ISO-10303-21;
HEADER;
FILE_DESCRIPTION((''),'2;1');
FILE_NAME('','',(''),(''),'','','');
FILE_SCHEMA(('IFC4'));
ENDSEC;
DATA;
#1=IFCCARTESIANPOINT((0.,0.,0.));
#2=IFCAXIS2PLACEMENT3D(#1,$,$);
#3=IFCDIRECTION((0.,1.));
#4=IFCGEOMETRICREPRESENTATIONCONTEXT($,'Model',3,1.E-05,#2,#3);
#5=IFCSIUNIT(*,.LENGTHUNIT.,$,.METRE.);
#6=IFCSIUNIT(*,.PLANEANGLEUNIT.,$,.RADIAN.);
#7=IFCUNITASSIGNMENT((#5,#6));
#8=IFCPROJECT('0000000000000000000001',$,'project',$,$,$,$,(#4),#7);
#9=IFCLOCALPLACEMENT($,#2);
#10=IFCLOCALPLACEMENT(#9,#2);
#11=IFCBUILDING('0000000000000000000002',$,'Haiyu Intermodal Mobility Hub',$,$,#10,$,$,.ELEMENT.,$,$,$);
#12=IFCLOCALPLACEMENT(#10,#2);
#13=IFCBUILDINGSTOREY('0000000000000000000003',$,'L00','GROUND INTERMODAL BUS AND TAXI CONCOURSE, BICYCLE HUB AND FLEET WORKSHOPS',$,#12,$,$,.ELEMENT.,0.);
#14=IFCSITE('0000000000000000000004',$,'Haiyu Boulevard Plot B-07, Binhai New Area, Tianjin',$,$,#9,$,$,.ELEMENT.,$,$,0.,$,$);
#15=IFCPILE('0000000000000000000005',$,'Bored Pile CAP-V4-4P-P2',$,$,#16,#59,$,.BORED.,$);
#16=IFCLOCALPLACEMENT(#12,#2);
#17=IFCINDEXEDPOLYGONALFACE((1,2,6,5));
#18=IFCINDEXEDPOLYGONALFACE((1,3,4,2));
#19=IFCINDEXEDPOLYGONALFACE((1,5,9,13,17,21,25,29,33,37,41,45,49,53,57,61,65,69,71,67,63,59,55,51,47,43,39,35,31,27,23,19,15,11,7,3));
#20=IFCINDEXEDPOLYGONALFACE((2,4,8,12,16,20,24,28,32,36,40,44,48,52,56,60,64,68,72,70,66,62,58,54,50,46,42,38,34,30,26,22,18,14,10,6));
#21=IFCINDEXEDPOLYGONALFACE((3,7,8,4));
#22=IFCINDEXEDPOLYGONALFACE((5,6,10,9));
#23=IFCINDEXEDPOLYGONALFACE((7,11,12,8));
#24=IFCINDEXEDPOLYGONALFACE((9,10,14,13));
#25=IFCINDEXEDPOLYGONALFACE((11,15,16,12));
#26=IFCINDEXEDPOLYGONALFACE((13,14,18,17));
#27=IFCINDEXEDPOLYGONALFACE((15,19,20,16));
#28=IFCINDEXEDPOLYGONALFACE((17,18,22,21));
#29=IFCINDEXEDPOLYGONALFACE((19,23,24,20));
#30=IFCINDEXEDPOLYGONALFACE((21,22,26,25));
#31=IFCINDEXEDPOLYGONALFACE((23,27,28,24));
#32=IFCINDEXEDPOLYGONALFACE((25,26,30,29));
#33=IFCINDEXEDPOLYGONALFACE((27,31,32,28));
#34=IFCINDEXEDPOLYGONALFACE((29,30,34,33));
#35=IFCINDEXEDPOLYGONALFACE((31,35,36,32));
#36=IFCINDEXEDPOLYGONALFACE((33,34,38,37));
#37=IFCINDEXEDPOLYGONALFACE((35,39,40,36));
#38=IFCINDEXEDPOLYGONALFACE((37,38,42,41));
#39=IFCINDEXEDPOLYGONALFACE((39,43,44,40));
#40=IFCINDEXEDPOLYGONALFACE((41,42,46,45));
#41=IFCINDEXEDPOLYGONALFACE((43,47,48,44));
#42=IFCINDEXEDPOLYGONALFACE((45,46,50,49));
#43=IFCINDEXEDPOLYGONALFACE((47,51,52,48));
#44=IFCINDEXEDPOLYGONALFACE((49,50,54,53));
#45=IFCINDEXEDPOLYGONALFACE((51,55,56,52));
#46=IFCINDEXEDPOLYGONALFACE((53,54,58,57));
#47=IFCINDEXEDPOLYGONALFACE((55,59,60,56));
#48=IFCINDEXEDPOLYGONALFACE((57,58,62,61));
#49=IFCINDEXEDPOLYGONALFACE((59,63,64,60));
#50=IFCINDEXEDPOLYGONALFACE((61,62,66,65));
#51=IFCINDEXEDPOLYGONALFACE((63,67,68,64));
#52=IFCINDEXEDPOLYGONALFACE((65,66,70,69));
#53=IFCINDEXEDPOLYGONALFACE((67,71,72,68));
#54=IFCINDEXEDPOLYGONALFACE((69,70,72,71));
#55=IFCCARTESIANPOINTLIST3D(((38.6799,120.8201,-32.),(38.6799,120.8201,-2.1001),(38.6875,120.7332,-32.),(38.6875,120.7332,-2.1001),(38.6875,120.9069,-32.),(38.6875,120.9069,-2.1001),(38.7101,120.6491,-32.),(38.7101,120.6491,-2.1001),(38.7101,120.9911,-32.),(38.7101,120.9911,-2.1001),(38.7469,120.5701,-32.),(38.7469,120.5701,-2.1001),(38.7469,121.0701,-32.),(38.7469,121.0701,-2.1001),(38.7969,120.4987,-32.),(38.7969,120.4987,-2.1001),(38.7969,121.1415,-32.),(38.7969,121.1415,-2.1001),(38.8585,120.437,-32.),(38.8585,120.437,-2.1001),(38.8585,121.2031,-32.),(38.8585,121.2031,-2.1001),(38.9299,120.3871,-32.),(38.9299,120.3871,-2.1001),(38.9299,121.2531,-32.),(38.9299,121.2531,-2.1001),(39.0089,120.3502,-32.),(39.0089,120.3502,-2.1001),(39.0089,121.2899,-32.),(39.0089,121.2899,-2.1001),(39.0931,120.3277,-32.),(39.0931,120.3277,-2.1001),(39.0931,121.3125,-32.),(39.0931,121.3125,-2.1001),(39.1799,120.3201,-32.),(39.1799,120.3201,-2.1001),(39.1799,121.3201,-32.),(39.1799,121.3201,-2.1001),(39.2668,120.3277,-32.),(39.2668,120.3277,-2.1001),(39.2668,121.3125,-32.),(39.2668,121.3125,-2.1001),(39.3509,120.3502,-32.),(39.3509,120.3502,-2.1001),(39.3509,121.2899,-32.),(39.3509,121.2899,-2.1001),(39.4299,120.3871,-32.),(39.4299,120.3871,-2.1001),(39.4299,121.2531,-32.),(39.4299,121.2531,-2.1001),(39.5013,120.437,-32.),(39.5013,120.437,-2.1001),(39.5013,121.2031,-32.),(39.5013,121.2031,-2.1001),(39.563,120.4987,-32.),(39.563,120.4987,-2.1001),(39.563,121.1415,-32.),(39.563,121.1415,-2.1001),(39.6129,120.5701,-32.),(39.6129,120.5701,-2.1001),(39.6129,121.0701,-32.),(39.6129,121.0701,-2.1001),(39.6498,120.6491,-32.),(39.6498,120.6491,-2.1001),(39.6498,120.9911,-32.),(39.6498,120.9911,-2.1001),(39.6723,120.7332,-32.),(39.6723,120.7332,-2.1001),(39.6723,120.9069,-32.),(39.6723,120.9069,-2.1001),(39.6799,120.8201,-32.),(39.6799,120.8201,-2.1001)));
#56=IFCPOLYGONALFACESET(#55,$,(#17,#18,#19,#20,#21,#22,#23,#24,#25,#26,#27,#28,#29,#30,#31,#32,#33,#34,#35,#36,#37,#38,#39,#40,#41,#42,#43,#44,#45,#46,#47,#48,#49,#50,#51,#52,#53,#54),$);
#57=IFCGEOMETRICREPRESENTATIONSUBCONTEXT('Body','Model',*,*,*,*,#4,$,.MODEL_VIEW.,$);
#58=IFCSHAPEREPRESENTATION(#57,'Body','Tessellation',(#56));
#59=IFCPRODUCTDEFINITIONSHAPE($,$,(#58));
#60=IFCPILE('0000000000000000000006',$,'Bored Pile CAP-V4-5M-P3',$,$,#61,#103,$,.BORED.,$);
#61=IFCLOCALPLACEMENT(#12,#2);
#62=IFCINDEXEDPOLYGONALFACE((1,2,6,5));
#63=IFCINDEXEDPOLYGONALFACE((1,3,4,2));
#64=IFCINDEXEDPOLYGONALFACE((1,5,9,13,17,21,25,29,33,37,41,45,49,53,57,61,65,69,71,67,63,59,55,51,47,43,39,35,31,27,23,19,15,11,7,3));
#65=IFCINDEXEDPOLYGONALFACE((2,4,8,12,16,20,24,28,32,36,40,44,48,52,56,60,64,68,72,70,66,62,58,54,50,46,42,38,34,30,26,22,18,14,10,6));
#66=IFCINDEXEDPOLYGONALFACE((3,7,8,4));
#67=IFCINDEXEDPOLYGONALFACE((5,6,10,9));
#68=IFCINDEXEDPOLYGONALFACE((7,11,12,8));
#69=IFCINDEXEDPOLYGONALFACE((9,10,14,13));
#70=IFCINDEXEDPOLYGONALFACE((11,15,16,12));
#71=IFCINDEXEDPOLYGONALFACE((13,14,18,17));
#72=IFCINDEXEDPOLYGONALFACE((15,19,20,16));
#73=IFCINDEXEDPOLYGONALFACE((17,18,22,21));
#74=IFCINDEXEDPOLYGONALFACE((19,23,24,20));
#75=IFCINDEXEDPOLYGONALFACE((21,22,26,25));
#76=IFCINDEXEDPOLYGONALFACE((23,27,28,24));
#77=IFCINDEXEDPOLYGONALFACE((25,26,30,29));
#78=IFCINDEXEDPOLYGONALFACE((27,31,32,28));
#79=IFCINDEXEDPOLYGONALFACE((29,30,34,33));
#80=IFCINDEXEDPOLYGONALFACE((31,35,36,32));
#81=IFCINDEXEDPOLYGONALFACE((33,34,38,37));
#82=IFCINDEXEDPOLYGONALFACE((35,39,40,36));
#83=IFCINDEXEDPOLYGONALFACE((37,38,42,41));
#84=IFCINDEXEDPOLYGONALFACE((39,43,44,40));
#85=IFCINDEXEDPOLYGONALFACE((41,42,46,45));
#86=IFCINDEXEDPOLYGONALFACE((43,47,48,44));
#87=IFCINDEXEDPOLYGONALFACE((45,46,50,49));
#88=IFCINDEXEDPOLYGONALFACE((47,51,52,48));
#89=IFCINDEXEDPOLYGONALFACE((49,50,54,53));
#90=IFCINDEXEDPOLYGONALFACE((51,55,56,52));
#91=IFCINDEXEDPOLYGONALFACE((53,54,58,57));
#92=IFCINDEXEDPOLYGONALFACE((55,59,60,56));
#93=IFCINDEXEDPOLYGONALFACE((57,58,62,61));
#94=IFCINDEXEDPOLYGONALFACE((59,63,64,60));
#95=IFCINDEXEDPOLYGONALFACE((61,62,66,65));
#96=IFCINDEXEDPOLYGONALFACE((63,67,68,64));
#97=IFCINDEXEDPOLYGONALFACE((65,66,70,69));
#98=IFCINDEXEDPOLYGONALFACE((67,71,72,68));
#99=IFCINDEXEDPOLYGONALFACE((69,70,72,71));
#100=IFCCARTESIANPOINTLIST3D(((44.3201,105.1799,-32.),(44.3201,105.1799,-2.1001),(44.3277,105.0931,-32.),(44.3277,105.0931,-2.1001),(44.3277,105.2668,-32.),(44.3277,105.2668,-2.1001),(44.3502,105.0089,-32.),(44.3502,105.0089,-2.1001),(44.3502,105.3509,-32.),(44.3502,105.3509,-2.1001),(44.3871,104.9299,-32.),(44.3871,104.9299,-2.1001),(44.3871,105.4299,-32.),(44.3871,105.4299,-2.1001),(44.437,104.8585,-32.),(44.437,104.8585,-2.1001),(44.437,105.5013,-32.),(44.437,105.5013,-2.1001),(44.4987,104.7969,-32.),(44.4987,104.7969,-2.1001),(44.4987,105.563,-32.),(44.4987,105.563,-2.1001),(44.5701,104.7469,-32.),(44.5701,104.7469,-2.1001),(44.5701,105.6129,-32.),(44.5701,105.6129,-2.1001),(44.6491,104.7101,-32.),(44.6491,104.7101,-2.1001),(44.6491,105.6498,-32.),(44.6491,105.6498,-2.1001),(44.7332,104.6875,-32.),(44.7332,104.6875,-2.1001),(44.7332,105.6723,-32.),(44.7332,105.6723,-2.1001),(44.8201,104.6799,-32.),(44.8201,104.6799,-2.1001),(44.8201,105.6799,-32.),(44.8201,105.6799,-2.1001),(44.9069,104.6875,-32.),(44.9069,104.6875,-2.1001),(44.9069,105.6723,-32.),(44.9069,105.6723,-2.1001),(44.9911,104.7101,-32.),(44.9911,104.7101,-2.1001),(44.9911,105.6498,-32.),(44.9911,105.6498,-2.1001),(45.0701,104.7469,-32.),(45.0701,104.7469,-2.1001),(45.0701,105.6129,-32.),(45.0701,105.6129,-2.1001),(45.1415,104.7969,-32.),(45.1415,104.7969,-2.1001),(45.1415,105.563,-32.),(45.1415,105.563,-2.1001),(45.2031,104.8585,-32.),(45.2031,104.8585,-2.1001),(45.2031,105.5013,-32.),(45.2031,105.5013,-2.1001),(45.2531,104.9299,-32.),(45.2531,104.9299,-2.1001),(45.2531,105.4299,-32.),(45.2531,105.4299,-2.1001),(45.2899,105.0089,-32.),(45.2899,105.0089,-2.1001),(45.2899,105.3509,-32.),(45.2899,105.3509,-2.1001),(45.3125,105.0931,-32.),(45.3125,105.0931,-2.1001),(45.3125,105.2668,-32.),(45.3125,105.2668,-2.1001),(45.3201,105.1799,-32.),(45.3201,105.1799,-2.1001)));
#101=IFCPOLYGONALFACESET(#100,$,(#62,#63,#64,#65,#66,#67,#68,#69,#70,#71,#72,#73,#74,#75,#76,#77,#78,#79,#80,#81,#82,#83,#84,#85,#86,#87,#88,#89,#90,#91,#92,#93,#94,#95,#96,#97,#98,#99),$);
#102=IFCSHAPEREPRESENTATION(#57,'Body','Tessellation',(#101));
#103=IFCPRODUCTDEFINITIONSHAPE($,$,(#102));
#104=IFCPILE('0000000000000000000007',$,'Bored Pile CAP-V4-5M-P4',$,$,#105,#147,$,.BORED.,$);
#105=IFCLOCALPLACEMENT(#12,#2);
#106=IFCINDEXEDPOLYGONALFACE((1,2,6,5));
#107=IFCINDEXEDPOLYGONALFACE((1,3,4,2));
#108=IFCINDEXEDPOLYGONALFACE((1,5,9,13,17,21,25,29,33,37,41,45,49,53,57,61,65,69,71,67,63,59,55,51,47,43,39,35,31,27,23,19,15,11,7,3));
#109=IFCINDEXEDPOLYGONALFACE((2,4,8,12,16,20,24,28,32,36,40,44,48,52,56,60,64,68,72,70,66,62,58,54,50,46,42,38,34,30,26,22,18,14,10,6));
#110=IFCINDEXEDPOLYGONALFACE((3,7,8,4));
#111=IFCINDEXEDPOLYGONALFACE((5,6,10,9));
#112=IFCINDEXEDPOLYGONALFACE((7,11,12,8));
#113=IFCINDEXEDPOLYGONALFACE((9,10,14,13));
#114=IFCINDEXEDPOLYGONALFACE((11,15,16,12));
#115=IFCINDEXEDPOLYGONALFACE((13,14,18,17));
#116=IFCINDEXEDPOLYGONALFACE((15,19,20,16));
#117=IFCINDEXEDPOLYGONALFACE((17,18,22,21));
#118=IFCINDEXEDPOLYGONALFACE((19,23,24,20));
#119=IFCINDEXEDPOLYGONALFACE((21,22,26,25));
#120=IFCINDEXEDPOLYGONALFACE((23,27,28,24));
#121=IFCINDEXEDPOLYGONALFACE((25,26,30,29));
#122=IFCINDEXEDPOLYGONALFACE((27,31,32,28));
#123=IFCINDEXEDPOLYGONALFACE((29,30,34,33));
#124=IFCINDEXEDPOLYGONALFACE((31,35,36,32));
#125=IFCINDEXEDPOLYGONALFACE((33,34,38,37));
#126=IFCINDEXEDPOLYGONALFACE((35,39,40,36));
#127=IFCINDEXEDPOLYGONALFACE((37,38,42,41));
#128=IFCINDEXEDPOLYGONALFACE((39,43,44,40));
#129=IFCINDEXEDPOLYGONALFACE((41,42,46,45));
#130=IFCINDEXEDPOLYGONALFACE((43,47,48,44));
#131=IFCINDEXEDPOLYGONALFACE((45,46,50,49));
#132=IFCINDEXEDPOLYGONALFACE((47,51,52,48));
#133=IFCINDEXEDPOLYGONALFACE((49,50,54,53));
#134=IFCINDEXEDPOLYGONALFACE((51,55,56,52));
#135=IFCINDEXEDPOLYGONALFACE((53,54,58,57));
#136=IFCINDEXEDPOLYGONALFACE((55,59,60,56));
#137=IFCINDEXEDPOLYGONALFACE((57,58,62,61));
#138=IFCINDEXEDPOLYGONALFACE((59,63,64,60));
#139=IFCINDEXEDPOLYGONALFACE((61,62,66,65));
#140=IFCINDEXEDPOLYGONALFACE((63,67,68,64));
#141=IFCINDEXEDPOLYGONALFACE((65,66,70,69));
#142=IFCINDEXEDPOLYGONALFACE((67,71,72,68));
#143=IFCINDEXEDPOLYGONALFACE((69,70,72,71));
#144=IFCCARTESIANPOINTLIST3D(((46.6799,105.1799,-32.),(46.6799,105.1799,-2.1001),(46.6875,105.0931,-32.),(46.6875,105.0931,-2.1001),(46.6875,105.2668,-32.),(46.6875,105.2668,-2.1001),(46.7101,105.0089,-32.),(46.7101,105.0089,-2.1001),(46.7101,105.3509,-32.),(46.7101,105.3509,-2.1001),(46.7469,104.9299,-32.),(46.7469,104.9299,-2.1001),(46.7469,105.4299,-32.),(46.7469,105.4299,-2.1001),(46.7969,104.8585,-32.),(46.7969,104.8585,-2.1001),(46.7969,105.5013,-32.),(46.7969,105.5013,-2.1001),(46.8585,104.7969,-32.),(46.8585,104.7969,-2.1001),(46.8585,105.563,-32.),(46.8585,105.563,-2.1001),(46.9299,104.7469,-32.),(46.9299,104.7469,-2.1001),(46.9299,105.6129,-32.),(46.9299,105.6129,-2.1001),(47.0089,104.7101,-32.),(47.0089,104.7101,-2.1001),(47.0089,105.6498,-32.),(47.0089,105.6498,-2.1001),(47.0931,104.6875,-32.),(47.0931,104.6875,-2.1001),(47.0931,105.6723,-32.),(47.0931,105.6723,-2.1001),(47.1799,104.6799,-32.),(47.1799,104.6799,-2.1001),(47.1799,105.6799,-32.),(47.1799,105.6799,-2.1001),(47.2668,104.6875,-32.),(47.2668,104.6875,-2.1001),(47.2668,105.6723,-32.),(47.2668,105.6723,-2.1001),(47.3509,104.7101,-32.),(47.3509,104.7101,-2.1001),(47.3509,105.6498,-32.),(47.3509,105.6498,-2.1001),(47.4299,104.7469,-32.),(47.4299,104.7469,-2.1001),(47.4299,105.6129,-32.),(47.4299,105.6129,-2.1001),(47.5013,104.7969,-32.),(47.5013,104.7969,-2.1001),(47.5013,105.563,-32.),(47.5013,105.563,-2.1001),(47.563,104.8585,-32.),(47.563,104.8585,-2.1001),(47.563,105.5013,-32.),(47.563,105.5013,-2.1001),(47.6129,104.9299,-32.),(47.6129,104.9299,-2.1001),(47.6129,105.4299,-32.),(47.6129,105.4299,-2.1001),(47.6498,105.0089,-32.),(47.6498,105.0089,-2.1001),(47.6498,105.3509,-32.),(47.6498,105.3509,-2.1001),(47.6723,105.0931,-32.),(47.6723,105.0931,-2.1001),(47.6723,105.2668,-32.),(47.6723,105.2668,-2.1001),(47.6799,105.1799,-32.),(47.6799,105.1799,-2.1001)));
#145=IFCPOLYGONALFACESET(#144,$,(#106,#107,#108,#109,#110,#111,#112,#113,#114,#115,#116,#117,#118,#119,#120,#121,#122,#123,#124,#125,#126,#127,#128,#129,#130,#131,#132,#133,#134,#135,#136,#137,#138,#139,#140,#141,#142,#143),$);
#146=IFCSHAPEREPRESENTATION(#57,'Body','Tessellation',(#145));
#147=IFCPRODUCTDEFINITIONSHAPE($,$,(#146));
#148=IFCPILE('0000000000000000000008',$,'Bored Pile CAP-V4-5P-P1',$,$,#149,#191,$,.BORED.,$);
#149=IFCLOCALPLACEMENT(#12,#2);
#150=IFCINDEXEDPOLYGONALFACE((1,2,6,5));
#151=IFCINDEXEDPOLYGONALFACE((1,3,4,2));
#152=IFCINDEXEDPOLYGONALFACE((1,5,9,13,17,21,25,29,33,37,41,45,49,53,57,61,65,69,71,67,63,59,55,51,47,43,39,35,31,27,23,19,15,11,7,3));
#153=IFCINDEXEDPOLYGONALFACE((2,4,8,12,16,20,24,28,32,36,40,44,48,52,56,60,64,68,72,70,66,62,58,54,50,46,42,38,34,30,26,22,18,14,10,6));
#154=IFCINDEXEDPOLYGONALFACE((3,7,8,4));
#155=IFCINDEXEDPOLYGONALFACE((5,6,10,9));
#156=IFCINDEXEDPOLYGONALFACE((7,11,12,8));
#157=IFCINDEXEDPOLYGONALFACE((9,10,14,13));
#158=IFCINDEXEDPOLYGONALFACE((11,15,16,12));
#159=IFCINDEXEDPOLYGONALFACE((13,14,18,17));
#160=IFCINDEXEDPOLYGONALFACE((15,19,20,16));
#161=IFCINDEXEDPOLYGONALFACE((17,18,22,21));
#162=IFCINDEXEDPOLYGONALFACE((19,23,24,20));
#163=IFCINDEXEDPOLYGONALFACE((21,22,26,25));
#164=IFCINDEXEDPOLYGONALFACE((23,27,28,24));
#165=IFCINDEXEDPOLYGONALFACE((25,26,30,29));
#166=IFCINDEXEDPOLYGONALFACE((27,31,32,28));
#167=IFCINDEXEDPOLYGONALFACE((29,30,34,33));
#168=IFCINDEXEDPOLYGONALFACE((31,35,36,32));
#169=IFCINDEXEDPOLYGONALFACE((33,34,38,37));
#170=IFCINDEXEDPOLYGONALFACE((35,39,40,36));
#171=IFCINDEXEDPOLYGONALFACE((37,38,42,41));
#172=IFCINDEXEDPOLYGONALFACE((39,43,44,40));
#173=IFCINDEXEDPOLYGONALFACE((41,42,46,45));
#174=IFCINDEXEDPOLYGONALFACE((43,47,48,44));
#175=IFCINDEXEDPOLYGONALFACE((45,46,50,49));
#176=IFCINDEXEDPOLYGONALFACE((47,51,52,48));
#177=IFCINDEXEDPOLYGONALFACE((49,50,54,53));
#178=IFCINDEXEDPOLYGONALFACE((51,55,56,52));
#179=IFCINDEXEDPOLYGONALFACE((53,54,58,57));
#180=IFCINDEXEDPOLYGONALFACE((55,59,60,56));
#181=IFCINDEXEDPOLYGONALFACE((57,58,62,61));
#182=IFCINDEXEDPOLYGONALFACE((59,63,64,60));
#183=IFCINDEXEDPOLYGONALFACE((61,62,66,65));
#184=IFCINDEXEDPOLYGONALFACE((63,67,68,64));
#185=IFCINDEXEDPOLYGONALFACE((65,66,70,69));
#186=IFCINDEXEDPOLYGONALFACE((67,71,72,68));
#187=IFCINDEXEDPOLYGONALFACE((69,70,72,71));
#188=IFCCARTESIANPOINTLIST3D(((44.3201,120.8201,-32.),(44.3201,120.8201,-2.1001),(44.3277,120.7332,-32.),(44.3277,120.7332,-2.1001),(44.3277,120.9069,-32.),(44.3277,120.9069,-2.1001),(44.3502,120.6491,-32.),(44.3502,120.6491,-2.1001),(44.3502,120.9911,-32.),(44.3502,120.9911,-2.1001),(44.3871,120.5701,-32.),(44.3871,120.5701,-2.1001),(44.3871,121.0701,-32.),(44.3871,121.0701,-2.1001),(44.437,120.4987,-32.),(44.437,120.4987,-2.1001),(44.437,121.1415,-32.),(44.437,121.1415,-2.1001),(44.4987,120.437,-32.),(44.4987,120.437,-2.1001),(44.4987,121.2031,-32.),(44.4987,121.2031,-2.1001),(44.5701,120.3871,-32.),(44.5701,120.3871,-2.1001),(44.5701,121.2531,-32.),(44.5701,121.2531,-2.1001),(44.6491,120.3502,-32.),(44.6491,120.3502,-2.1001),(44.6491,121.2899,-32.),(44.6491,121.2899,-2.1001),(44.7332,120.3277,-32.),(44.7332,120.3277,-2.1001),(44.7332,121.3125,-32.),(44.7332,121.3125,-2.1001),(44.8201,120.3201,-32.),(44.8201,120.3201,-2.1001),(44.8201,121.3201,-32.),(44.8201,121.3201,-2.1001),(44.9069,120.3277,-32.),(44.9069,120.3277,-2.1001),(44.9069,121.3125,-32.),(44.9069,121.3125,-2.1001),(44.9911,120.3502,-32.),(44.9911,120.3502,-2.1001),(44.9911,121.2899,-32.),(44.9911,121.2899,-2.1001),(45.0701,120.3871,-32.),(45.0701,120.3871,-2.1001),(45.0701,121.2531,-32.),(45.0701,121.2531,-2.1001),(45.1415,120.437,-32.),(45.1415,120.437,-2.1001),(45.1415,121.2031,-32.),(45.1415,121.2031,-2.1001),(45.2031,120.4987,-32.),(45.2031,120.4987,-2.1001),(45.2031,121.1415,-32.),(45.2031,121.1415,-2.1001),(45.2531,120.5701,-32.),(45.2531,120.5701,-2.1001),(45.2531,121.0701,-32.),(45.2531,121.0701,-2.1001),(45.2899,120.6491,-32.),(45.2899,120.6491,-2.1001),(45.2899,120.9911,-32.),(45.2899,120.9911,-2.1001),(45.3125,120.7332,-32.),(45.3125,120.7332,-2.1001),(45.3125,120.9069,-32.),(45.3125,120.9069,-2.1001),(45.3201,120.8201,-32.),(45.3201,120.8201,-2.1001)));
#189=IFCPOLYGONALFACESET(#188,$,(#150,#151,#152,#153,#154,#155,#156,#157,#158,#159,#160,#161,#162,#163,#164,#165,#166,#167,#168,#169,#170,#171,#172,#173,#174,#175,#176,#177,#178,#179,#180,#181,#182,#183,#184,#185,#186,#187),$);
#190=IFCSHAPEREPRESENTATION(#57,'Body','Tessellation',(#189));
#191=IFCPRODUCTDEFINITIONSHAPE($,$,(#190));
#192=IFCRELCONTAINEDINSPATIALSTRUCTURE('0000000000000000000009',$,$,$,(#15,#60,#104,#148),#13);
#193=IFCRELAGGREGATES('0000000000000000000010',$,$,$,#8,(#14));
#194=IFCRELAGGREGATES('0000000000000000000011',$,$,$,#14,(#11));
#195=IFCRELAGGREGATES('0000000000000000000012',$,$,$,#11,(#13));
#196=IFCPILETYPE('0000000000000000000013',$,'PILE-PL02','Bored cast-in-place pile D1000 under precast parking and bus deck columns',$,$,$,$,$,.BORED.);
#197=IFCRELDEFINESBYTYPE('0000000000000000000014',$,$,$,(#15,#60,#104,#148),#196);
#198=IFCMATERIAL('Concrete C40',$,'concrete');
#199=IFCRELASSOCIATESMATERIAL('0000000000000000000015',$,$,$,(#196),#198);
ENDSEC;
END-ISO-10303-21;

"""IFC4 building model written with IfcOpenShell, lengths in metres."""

from ifc_helpers import new_model, si_unit, direction, frame, origin, origin_2d, place, context, subcontext, project, spatial, circle, extrude, material, material_profile, profile_set, type_object, element, save


model = new_model("IFC4")

# Units and contexts
model_context = context("Model", 3, precision=1e-05, world=origin(), true_north=direction((0.0, 1.0)))
body_context = subcontext(model_context, "Body", "Model", "MODEL_VIEW")
ifc_project = project(units=[si_unit("LENGTHUNIT", "METRE"), si_unit("PLANEANGLEUNIT", "RADIAN")], contexts=[model_context])

# Site, building, storey
site_placement = place(None, origin())
site = spatial("IfcSite", under=ifc_project, at=site_placement, Name="Haiyu Boulevard Plot B-07, Binhai New Area, Tianjin", CompositionType="ELEMENT", RefElevation=0.0)
building_placement = place(site_placement, origin())
building = spatial("IfcBuilding", under=site, at=building_placement, Name="Haiyu Intermodal Mobility Hub", CompositionType="ELEMENT")
storey_placement = place(building_placement, origin())
storey = spatial("IfcBuildingStorey", under=building, at=storey_placement, Name="L00", Description="GROUND INTERMODAL BUS AND TAXI CONCOURSE, BICYCLE HUB AND FLEET WORKSHOPS", CompositionType="ELEMENT", Elevation=0.0)

# Shared definitions
ifc_material_1 = material(Name="Concrete C40", Category="concrete")

# Piles
ifc_material_profile_1 = material_profile(ifc_material_1, circle(Radius=0.5, at=origin_2d()), Name="PILE-D1000")
ifc_profile_set_1 = profile_set([ifc_material_profile_1], Name="Concrete C40")
pile_type = type_object("IfcPileType", Name="PILE-PL02", Description="Bored cast-in-place pile D1000 under precast parking and bus deck columns", PredefinedType="BORED", material=ifc_profile_set_1)
for number, where, z_axis, x_axis, name in (
    (1, (39.1799, 120.8201, -2.1001), (0.0, 0.0, -1.0), (1.0, 0.0, 0.0), "Bored Pile CAP-V4-4P-P2"),
    (2, (44.8201, 105.1799, -2.1001), (0.0, 0.0, -1.0), (1.0, 0.0, 0.0), "Bored Pile CAP-V4-5M-P3"),
    (3, (47.1799, 105.1799, -2.1001), (0.0, 0.0, -1.0), (1.0, 0.0, 0.0), "Bored Pile CAP-V4-5M-P4"),
    (4, (44.8201, 120.8201, -2.1001), (0.0, 0.0, -1.0), (1.0, 0.0, 0.0), "Bored Pile CAP-V4-5P-P1"),
):
    element("IfcPile", number, at=place(storey_placement, frame(where, z_axis=z_axis, x_axis=x_axis)), inside=storey, type_object=pile_type, Name=name, PredefinedType="BORED", context=body_context, shape_type="SweptSolid", body=[
        extrude(circle(Radius=0.5, at=origin_2d()), origin(), (0.0, 0.0, 1.0), 29.8999),
    ])

save(model, "model.ifc")
